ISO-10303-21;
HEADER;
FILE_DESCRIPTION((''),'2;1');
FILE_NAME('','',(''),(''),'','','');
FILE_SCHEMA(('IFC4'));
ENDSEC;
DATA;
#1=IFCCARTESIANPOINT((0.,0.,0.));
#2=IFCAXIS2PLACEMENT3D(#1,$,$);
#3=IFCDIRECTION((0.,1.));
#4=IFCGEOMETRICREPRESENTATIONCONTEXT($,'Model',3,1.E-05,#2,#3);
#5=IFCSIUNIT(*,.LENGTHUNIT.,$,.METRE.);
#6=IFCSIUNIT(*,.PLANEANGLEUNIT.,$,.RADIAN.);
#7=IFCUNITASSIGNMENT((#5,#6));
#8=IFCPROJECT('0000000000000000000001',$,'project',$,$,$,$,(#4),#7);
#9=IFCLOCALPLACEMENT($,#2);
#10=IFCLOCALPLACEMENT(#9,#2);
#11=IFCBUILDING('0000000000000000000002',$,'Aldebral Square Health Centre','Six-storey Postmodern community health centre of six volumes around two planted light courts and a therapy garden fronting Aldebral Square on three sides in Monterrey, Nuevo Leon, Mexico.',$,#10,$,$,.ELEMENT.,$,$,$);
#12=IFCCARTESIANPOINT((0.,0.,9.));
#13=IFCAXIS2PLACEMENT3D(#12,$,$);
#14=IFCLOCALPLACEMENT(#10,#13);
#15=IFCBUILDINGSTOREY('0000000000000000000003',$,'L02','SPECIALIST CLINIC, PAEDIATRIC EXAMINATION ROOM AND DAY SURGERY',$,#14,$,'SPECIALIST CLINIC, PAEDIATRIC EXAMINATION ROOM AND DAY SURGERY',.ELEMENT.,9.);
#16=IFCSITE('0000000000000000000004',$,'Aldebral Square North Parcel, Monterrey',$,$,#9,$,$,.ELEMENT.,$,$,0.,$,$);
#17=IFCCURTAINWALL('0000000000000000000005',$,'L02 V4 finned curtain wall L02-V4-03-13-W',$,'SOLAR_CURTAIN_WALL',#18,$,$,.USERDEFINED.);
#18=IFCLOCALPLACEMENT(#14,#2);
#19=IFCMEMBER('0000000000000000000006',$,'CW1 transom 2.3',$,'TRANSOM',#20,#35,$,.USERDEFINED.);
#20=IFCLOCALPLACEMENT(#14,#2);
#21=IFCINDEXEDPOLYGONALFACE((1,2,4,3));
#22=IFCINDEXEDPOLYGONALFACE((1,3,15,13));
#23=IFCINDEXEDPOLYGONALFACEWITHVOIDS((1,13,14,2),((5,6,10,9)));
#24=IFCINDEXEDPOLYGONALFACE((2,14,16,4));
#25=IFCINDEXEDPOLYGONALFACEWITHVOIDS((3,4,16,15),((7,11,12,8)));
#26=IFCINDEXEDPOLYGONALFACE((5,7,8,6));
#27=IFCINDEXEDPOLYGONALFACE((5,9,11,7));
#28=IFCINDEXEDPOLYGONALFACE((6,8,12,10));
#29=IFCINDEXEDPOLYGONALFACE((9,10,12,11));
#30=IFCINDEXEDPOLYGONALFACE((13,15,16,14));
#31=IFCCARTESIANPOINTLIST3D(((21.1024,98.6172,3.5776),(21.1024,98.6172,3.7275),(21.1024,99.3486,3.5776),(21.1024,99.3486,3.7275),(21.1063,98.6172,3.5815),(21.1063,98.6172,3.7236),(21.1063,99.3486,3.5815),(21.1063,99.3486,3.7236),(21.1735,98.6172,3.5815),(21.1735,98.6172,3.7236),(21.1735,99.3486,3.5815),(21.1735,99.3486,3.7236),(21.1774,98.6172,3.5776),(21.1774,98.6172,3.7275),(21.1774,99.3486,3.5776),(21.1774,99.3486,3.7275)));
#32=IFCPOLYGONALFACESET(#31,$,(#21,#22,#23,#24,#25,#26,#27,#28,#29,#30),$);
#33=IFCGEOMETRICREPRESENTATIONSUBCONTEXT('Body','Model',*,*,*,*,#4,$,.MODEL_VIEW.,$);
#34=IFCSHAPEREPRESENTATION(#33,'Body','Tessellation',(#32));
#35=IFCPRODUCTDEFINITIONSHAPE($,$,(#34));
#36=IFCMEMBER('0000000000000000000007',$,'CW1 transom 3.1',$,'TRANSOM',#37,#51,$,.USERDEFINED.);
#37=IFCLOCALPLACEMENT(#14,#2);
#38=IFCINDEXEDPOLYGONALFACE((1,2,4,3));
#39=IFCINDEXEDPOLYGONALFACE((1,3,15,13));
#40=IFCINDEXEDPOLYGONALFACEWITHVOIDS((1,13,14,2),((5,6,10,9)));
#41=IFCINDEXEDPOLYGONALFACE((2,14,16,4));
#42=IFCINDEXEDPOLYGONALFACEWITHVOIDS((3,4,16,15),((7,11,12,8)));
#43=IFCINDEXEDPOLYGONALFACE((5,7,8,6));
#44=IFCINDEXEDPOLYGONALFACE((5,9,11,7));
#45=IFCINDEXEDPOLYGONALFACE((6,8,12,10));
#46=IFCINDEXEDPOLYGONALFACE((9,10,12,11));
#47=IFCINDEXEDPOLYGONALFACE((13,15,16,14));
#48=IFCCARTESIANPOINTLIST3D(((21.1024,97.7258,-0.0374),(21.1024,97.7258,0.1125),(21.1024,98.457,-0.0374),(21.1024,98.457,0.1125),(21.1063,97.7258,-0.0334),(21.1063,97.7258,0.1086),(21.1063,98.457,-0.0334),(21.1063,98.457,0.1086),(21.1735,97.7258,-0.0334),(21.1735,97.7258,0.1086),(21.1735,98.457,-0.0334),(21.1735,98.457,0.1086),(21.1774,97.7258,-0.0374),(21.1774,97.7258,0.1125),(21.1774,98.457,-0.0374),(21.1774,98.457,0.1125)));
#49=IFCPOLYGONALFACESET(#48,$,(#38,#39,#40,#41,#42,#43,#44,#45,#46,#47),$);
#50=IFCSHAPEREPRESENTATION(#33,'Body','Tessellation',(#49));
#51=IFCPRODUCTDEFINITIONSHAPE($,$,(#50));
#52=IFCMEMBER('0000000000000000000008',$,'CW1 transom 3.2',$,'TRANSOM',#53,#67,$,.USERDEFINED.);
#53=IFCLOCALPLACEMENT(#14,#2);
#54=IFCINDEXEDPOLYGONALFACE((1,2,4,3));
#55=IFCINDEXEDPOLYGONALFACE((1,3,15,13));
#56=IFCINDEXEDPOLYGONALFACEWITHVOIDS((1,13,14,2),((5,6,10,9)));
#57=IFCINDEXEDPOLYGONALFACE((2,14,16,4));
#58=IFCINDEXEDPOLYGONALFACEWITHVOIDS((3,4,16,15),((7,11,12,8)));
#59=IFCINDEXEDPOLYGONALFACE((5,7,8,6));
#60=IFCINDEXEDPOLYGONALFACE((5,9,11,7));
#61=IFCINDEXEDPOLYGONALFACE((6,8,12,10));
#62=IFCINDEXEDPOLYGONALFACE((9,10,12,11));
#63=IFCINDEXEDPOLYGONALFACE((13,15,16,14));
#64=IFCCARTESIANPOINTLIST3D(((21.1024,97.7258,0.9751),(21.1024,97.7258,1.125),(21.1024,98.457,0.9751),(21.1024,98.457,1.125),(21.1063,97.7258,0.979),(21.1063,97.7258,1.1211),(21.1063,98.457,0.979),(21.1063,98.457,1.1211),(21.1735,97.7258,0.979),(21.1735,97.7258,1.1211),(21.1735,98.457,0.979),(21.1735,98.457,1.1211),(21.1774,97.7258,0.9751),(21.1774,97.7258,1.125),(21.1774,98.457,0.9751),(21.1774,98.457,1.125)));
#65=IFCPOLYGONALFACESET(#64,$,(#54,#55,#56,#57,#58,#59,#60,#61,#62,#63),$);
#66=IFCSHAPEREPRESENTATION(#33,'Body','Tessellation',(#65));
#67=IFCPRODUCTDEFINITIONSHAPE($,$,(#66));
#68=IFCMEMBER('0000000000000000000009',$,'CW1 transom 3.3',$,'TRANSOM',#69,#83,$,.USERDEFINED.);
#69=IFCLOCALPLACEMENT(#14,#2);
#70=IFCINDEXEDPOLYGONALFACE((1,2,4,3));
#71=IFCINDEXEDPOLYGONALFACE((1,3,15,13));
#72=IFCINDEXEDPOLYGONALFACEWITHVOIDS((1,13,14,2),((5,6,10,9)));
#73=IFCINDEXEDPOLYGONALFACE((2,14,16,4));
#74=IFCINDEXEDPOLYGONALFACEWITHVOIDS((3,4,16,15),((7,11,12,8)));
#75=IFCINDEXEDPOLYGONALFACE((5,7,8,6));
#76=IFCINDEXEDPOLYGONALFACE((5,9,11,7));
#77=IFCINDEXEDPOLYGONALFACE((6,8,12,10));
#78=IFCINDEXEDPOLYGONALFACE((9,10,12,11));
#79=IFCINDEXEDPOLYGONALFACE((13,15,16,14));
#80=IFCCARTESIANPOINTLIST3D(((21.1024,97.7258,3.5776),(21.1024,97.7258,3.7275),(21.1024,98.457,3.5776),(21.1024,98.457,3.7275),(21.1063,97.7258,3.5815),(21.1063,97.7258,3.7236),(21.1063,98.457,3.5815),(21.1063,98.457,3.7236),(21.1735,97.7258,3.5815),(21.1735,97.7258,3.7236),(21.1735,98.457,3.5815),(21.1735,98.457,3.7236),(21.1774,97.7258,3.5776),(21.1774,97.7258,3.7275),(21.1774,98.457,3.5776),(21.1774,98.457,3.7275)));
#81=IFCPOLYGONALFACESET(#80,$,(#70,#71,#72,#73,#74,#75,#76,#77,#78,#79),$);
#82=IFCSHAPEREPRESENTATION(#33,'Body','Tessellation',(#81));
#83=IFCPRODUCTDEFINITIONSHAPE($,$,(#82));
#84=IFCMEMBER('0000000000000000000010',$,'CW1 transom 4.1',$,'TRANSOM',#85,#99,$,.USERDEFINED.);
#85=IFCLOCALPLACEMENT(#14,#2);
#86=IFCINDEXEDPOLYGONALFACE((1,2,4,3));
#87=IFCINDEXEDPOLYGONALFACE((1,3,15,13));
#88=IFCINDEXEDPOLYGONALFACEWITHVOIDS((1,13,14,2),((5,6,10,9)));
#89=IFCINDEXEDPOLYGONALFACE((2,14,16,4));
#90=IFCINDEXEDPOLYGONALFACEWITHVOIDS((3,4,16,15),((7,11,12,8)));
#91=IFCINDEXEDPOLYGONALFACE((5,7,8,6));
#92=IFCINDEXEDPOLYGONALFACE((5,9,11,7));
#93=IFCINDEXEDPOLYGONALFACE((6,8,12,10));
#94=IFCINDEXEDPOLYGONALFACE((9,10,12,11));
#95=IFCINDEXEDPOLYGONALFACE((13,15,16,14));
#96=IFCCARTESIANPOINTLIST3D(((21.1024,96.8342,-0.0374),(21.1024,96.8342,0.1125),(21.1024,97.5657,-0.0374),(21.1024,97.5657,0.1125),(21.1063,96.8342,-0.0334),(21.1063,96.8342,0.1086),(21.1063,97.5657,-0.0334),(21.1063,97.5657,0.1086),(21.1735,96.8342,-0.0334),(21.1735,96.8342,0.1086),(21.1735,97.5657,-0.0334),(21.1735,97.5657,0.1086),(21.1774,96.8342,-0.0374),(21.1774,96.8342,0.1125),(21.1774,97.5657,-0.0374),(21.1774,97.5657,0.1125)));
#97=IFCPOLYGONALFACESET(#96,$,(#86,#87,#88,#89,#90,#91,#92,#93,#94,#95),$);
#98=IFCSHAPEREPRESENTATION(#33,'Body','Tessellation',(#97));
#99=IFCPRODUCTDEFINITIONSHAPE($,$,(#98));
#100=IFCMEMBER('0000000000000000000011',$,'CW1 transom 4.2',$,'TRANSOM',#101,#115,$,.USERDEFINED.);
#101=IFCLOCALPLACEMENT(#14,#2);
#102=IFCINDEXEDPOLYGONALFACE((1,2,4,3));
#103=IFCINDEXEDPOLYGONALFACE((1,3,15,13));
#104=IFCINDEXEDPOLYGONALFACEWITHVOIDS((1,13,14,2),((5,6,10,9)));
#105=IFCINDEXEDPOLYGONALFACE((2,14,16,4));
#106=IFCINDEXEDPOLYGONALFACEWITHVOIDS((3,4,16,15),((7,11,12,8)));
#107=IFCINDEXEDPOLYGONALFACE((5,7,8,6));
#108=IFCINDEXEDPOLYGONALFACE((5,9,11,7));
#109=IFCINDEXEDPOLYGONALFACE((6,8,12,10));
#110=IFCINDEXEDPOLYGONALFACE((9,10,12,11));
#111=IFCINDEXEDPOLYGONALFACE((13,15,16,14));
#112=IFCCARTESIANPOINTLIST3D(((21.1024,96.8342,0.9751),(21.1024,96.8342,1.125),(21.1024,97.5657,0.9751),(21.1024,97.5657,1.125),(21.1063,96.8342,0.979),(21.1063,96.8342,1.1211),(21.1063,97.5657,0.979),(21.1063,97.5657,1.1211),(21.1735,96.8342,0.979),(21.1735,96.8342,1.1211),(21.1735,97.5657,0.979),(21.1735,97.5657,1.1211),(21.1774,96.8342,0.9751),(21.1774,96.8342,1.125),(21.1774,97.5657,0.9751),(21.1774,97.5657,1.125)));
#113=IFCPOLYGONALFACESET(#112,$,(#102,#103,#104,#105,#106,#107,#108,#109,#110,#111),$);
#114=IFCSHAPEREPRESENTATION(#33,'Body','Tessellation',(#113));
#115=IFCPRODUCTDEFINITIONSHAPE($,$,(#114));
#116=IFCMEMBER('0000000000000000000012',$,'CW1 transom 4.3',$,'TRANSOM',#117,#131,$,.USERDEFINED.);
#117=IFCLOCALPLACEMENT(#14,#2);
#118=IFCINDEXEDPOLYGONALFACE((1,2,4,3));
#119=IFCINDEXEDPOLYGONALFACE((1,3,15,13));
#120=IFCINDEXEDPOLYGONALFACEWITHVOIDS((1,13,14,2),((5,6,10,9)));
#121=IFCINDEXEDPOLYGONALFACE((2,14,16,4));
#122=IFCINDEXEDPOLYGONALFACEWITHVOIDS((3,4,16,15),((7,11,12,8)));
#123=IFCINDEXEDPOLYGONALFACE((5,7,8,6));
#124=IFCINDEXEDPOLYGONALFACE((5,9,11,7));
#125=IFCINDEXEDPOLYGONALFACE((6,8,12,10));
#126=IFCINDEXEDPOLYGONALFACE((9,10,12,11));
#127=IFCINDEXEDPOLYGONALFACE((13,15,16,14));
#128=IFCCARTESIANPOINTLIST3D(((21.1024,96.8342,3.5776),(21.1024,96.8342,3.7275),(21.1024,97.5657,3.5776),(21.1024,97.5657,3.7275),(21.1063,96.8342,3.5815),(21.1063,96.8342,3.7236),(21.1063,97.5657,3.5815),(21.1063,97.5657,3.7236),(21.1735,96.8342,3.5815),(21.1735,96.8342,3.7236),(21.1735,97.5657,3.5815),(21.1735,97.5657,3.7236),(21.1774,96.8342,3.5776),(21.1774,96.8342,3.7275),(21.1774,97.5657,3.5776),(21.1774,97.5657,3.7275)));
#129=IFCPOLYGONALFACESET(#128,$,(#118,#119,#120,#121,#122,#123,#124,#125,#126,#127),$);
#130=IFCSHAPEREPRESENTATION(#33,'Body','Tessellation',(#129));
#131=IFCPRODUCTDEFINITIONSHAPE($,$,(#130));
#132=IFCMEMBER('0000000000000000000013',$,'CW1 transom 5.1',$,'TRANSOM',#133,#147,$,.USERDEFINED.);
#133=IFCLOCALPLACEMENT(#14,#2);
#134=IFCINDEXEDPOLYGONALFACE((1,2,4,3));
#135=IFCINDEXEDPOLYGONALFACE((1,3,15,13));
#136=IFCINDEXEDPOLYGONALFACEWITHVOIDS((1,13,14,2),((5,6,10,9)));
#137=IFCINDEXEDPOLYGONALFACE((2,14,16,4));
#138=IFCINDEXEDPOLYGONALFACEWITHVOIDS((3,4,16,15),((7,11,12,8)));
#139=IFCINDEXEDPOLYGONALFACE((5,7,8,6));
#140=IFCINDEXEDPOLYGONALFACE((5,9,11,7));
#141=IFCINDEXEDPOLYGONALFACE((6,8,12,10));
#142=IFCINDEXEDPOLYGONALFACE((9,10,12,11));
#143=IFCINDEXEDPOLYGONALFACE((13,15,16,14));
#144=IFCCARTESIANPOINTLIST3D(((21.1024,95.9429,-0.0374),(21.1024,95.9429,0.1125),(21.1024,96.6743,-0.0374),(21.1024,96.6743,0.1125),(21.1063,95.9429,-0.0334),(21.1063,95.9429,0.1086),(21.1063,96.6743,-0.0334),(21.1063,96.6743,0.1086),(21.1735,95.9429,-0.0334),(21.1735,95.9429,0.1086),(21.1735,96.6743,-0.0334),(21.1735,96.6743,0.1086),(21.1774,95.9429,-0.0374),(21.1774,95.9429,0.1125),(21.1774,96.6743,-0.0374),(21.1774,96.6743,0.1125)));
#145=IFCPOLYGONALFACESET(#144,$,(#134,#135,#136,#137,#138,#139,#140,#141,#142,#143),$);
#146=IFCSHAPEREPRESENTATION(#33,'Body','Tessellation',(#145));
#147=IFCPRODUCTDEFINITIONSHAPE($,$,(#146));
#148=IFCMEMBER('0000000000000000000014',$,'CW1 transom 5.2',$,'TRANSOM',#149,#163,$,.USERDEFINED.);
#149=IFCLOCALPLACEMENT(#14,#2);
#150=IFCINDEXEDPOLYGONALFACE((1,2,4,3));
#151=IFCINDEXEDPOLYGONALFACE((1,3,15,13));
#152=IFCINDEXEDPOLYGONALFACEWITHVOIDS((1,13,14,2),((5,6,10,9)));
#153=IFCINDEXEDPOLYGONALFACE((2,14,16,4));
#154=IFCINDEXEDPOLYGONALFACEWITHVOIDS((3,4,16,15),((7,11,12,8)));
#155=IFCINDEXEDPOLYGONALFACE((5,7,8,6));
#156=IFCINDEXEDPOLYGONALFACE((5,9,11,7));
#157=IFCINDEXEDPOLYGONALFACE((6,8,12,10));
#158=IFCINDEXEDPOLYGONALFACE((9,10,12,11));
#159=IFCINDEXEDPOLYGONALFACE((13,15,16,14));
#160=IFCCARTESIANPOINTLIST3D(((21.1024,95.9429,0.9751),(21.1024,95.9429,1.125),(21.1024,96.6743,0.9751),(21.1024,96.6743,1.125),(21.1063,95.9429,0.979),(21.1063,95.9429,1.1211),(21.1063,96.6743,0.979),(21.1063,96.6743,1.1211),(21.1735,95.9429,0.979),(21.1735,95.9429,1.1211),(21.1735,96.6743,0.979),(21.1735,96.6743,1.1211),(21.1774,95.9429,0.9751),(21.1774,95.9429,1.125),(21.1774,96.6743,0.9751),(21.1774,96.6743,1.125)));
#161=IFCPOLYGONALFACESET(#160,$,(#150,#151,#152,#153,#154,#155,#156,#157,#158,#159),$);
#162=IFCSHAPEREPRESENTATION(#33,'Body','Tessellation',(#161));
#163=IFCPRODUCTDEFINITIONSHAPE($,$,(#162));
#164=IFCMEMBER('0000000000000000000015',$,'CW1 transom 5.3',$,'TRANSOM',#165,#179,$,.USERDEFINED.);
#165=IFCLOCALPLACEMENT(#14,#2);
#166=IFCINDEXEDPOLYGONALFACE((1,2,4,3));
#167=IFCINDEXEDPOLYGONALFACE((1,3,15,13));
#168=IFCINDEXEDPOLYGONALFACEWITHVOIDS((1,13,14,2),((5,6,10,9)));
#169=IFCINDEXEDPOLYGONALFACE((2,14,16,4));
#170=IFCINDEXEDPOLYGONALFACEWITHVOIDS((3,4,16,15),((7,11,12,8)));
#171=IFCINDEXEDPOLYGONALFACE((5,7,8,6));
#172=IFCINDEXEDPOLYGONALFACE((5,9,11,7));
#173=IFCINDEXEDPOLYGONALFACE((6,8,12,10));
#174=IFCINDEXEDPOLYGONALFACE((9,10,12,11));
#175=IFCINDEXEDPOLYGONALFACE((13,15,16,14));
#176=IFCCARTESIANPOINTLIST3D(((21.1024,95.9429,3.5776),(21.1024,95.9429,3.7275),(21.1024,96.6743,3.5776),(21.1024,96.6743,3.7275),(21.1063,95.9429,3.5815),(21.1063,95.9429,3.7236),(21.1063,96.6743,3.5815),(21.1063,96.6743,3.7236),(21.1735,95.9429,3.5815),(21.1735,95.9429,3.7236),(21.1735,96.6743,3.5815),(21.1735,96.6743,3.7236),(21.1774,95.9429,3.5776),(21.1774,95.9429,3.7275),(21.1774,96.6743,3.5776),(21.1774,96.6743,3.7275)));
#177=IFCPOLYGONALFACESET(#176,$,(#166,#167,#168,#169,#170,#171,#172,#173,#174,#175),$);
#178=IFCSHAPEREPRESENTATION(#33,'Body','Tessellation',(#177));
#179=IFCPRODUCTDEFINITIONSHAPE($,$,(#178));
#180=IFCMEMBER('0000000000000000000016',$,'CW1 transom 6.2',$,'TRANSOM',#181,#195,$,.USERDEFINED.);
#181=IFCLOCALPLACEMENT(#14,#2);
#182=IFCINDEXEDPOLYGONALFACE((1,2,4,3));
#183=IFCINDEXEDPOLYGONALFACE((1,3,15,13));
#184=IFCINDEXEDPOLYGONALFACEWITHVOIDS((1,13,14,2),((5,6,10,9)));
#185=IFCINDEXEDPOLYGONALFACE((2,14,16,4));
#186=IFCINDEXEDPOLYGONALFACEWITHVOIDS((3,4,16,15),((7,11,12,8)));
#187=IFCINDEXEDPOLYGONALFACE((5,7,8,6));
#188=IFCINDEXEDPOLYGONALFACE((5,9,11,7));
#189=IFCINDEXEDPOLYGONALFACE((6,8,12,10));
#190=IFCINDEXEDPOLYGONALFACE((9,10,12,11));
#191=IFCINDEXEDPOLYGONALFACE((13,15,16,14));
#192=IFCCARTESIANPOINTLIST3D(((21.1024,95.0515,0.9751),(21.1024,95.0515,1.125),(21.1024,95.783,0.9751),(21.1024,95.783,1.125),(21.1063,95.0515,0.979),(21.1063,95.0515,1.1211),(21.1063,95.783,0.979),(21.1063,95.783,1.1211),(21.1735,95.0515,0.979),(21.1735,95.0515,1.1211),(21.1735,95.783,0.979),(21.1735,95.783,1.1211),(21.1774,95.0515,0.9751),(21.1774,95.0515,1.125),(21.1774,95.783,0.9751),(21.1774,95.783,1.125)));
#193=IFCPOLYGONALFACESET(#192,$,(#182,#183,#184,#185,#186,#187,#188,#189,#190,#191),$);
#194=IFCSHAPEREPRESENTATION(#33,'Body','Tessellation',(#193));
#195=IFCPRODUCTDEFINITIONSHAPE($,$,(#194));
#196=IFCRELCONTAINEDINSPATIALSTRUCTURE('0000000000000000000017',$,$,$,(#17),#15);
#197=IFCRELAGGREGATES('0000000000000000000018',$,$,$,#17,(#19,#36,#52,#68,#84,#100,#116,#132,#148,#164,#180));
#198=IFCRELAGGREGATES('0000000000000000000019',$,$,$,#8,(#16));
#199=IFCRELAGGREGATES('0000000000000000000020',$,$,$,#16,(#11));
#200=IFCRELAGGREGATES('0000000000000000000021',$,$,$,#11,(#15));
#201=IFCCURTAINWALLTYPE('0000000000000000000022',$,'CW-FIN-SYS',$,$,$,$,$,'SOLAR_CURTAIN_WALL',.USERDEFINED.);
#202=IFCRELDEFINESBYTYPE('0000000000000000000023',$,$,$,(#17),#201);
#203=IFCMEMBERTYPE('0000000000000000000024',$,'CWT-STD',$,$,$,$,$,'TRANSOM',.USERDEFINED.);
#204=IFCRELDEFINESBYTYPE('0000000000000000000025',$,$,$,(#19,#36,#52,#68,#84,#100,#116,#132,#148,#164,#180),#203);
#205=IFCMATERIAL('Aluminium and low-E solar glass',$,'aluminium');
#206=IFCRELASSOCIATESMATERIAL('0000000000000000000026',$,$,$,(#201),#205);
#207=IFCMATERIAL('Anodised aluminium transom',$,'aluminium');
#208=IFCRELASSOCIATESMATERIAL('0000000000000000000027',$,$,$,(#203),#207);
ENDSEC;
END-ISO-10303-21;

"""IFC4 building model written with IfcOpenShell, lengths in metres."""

from ifc_helpers import new_model, si_unit, direction, frame, origin, origin_2d, place, context, subcontext, project, spatial, hollow_rectangle, extrude, material, material_profile, profile_set, type_object, element, aggregate, save


model = new_model("IFC4")

# Units and contexts
model_context = context("Model", 3, precision=1e-05, world=origin(), true_north=direction((0.0, 1.0)))
body_context = subcontext(model_context, "Body", "Model", "MODEL_VIEW")
ifc_project = project(units=[si_unit("LENGTHUNIT", "METRE"), si_unit("PLANEANGLEUNIT", "RADIAN")], contexts=[model_context])

# Site, building, storey
site_placement = place(None, origin())
site = spatial("IfcSite", under=ifc_project, at=site_placement, Name="Aldebral Square North Parcel, Monterrey", CompositionType="ELEMENT", RefElevation=0.0)
building_placement = place(site_placement, origin())
building = spatial("IfcBuilding", under=site, at=building_placement, Name="Aldebral Square Health Centre", Description="Six-storey Postmodern community health centre of six volumes around two planted light courts and a therapy garden fronting Aldebral Square on three sides in Monterrey, Nuevo Leon, Mexico.", CompositionType="ELEMENT")
storey_placement = place(building_placement, frame((0.0, 0.0, 9.0)))
storey = spatial("IfcBuildingStorey", under=building, at=storey_placement, Name="L02", Description="SPECIALIST CLINIC, PAEDIATRIC EXAMINATION ROOM AND DAY SURGERY", LongName="SPECIALIST CLINIC, PAEDIATRIC EXAMINATION ROOM AND DAY SURGERY", CompositionType="ELEMENT", Elevation=9.0)

# Curtain wall, members
ifc_material_1 = material(Name="Aluminium and low-E solar glass", Category="aluminium")
curtain_wall_type = type_object("IfcCurtainWallType", Name="CW-FIN-SYS", ElementType="SOLAR_CURTAIN_WALL", PredefinedType="USERDEFINED", material=ifc_material_1)
curtain_wall_placement = place(storey_placement, origin())
curtain_wall = element("IfcCurtainWall", 1, at=curtain_wall_placement, inside=storey, type_object=curtain_wall_type, Name="L02 V4 finned curtain wall L02-V4-03-13-W", ObjectType="SOLAR_CURTAIN_WALL", PredefinedType="USERDEFINED")
ifc_material_2 = material(Name="Anodised aluminium transom", Category="aluminium")
ifc_material_profile_1 = material_profile(ifc_material_2, hollow_rectangle(XDim=0.075, YDim=0.1499, WallThickness=0.0039, at=origin_2d()), Name="CWT 75x150x4")
ifc_profile_set_1 = profile_set([ifc_material_profile_1], Name="Anodised aluminium transom")
member_type_1 = type_object("IfcMemberType", Name="CWT-STD", ElementType="TRANSOM", PredefinedType="USERDEFINED", material=ifc_profile_set_1)
member_1_placement = place(storey_placement, frame((21.1399, 99.3486, 3.6526), z_axis=(0.0, -1.0, 0.0), x_axis=(1.0, 0.0, 0.0)))
member_1 = element("IfcMember", 2, at=member_1_placement, type_object=member_type_1, Name="CW1 transom 2.3", ObjectType="TRANSOM", PredefinedType="USERDEFINED", context=body_context, shape_type="SweptSolid", body=[
    extrude(hollow_rectangle(XDim=0.075, YDim=0.1499, WallThickness=0.0039, at=origin_2d()), origin(), (0.0, 0.0, 1.0), 0.7314),
])
member_2_placement = place(storey_placement, frame((21.1399, 98.457, 0.0376), z_axis=(0.0, -1.0, 0.0), x_axis=(1.0, 0.0, 0.0)))
member_2 = element("IfcMember", 3, at=member_2_placement, type_object=member_type_1, Name="CW1 transom 3.1", ObjectType="TRANSOM", PredefinedType="USERDEFINED", context=body_context, shape_type="SweptSolid", body=[
    extrude(hollow_rectangle(XDim=0.075, YDim=0.1499, WallThickness=0.0039, at=origin_2d()), origin(), (0.0, 0.0, 1.0), 0.7312),
])
member_3_placement = place(storey_placement, frame((21.1399, 98.457, 1.05), z_axis=(0.0, -1.0, 0.0), x_axis=(1.0, 0.0, 0.0)))
member_3 = element("IfcMember", 4, at=member_3_placement, type_object=member_type_1, Name="CW1 transom 3.2", ObjectType="TRANSOM", PredefinedType="USERDEFINED", context=body_context, shape_type="SweptSolid", body=[
    extrude(hollow_rectangle(XDim=0.075, YDim=0.1499, WallThickness=0.0039, at=origin_2d()), origin(), (0.0, 0.0, 1.0), 0.7312),
])
member_4_placement = place(storey_placement, frame((21.1399, 98.457, 3.6526), z_axis=(0.0, -1.0, 0.0), x_axis=(1.0, 0.0, 0.0)))
member_4 = element("IfcMember", 5, at=member_4_placement, type_object=member_type_1, Name="CW1 transom 3.3", ObjectType="TRANSOM", PredefinedType="USERDEFINED", context=body_context, shape_type="SweptSolid", body=[
    extrude(hollow_rectangle(XDim=0.075, YDim=0.1499, WallThickness=0.0039, at=origin_2d()), origin(), (0.0, 0.0, 1.0), 0.7312),
])
member_5_placement = place(storey_placement, frame((21.1399, 97.5657, 0.0376), z_axis=(0.0, -1.0, 0.0), x_axis=(1.0, 0.0, 0.0)))
member_5 = element("IfcMember", 6, at=member_5_placement, type_object=member_type_1, Name="CW1 transom 4.1", ObjectType="TRANSOM", PredefinedType="USERDEFINED", context=body_context, shape_type="SweptSolid", body=[
    extrude(hollow_rectangle(XDim=0.075, YDim=0.1499, WallThickness=0.0039, at=origin_2d()), origin(), (0.0, 0.0, 1.0), 0.7314),
])
member_6_placement = place(storey_placement, frame((21.1399, 97.5657, 1.05), z_axis=(0.0, -1.0, 0.0), x_axis=(1.0, 0.0, 0.0)))
member_6 = element("IfcMember", 7, at=member_6_placement, type_object=member_type_1, Name="CW1 transom 4.2", ObjectType="TRANSOM", PredefinedType="USERDEFINED", context=body_context, shape_type="SweptSolid", body=[
    extrude(hollow_rectangle(XDim=0.075, YDim=0.1499, WallThickness=0.0039, at=origin_2d()), origin(), (0.0, 0.0, 1.0), 0.7314),
])
member_7_placement = place(storey_placement, frame((21.1399, 97.5657, 3.6526), z_axis=(0.0, -1.0, 0.0), x_axis=(1.0, 0.0, 0.0)))
member_7 = element("IfcMember", 8, at=member_7_placement, type_object=member_type_1, Name="CW1 transom 4.3", ObjectType="TRANSOM", PredefinedType="USERDEFINED", context=body_context, shape_type="SweptSolid", body=[
    extrude(hollow_rectangle(XDim=0.075, YDim=0.1499, WallThickness=0.0039, at=origin_2d()), origin(), (0.0, 0.0, 1.0), 0.7314),
])
member_8_placement = place(storey_placement, frame((21.1399, 96.6743, 0.0376), z_axis=(0.0, -1.0, 0.0), x_axis=(1.0, 0.0, 0.0)))
member_8 = element("IfcMember", 9, at=member_8_placement, type_object=member_type_1, Name="CW1 transom 5.1", ObjectType="TRANSOM", PredefinedType="USERDEFINED", context=body_context, shape_type="SweptSolid", body=[
    extrude(hollow_rectangle(XDim=0.075, YDim=0.1499, WallThickness=0.0039, at=origin_2d()), origin(), (0.0, 0.0, 1.0), 0.7314),
])
member_9_placement = place(storey_placement, frame((21.1399, 96.6743, 1.05), z_axis=(0.0, -1.0, 0.0), x_axis=(1.0, 0.0, 0.0)))
member_9 = element("IfcMember", 10, at=member_9_placement, type_object=member_type_1, Name="CW1 transom 5.2", ObjectType="TRANSOM", PredefinedType="USERDEFINED", context=body_context, shape_type="SweptSolid", body=[
    extrude(hollow_rectangle(XDim=0.075, YDim=0.1499, WallThickness=0.0039, at=origin_2d()), origin(), (0.0, 0.0, 1.0), 0.7314),
])
member_10_placement = place(storey_placement, frame((21.1399, 96.6743, 3.6526), z_axis=(0.0, -1.0, 0.0), x_axis=(1.0, 0.0, 0.0)))
member_10 = element("IfcMember", 11, at=member_10_placement, type_object=member_type_1, Name="CW1 transom 5.3", ObjectType="TRANSOM", PredefinedType="USERDEFINED", context=body_context, shape_type="SweptSolid", body=[
    extrude(hollow_rectangle(XDim=0.075, YDim=0.1499, WallThickness=0.0039, at=origin_2d()), origin(), (0.0, 0.0, 1.0), 0.7314),
])
member_11_placement = place(storey_placement, frame((21.1399, 95.783, 1.05), z_axis=(0.0, -1.0, 0.0), x_axis=(1.0, 0.0, 0.0)))
member_11 = element("IfcMember", 12, at=member_11_placement, type_object=member_type_1, Name="CW1 transom 6.2", ObjectType="TRANSOM", PredefinedType="USERDEFINED", context=body_context, shape_type="SweptSolid", body=[
    extrude(hollow_rectangle(XDim=0.075, YDim=0.1499, WallThickness=0.0039, at=origin_2d()), origin(), (0.0, 0.0, 1.0), 0.7314),
])
aggregate(curtain_wall, [member_1, member_2, member_3, member_4, member_5, member_6, member_7, member_8, member_9, member_10, member_11])

save(model, "model.ifc")
